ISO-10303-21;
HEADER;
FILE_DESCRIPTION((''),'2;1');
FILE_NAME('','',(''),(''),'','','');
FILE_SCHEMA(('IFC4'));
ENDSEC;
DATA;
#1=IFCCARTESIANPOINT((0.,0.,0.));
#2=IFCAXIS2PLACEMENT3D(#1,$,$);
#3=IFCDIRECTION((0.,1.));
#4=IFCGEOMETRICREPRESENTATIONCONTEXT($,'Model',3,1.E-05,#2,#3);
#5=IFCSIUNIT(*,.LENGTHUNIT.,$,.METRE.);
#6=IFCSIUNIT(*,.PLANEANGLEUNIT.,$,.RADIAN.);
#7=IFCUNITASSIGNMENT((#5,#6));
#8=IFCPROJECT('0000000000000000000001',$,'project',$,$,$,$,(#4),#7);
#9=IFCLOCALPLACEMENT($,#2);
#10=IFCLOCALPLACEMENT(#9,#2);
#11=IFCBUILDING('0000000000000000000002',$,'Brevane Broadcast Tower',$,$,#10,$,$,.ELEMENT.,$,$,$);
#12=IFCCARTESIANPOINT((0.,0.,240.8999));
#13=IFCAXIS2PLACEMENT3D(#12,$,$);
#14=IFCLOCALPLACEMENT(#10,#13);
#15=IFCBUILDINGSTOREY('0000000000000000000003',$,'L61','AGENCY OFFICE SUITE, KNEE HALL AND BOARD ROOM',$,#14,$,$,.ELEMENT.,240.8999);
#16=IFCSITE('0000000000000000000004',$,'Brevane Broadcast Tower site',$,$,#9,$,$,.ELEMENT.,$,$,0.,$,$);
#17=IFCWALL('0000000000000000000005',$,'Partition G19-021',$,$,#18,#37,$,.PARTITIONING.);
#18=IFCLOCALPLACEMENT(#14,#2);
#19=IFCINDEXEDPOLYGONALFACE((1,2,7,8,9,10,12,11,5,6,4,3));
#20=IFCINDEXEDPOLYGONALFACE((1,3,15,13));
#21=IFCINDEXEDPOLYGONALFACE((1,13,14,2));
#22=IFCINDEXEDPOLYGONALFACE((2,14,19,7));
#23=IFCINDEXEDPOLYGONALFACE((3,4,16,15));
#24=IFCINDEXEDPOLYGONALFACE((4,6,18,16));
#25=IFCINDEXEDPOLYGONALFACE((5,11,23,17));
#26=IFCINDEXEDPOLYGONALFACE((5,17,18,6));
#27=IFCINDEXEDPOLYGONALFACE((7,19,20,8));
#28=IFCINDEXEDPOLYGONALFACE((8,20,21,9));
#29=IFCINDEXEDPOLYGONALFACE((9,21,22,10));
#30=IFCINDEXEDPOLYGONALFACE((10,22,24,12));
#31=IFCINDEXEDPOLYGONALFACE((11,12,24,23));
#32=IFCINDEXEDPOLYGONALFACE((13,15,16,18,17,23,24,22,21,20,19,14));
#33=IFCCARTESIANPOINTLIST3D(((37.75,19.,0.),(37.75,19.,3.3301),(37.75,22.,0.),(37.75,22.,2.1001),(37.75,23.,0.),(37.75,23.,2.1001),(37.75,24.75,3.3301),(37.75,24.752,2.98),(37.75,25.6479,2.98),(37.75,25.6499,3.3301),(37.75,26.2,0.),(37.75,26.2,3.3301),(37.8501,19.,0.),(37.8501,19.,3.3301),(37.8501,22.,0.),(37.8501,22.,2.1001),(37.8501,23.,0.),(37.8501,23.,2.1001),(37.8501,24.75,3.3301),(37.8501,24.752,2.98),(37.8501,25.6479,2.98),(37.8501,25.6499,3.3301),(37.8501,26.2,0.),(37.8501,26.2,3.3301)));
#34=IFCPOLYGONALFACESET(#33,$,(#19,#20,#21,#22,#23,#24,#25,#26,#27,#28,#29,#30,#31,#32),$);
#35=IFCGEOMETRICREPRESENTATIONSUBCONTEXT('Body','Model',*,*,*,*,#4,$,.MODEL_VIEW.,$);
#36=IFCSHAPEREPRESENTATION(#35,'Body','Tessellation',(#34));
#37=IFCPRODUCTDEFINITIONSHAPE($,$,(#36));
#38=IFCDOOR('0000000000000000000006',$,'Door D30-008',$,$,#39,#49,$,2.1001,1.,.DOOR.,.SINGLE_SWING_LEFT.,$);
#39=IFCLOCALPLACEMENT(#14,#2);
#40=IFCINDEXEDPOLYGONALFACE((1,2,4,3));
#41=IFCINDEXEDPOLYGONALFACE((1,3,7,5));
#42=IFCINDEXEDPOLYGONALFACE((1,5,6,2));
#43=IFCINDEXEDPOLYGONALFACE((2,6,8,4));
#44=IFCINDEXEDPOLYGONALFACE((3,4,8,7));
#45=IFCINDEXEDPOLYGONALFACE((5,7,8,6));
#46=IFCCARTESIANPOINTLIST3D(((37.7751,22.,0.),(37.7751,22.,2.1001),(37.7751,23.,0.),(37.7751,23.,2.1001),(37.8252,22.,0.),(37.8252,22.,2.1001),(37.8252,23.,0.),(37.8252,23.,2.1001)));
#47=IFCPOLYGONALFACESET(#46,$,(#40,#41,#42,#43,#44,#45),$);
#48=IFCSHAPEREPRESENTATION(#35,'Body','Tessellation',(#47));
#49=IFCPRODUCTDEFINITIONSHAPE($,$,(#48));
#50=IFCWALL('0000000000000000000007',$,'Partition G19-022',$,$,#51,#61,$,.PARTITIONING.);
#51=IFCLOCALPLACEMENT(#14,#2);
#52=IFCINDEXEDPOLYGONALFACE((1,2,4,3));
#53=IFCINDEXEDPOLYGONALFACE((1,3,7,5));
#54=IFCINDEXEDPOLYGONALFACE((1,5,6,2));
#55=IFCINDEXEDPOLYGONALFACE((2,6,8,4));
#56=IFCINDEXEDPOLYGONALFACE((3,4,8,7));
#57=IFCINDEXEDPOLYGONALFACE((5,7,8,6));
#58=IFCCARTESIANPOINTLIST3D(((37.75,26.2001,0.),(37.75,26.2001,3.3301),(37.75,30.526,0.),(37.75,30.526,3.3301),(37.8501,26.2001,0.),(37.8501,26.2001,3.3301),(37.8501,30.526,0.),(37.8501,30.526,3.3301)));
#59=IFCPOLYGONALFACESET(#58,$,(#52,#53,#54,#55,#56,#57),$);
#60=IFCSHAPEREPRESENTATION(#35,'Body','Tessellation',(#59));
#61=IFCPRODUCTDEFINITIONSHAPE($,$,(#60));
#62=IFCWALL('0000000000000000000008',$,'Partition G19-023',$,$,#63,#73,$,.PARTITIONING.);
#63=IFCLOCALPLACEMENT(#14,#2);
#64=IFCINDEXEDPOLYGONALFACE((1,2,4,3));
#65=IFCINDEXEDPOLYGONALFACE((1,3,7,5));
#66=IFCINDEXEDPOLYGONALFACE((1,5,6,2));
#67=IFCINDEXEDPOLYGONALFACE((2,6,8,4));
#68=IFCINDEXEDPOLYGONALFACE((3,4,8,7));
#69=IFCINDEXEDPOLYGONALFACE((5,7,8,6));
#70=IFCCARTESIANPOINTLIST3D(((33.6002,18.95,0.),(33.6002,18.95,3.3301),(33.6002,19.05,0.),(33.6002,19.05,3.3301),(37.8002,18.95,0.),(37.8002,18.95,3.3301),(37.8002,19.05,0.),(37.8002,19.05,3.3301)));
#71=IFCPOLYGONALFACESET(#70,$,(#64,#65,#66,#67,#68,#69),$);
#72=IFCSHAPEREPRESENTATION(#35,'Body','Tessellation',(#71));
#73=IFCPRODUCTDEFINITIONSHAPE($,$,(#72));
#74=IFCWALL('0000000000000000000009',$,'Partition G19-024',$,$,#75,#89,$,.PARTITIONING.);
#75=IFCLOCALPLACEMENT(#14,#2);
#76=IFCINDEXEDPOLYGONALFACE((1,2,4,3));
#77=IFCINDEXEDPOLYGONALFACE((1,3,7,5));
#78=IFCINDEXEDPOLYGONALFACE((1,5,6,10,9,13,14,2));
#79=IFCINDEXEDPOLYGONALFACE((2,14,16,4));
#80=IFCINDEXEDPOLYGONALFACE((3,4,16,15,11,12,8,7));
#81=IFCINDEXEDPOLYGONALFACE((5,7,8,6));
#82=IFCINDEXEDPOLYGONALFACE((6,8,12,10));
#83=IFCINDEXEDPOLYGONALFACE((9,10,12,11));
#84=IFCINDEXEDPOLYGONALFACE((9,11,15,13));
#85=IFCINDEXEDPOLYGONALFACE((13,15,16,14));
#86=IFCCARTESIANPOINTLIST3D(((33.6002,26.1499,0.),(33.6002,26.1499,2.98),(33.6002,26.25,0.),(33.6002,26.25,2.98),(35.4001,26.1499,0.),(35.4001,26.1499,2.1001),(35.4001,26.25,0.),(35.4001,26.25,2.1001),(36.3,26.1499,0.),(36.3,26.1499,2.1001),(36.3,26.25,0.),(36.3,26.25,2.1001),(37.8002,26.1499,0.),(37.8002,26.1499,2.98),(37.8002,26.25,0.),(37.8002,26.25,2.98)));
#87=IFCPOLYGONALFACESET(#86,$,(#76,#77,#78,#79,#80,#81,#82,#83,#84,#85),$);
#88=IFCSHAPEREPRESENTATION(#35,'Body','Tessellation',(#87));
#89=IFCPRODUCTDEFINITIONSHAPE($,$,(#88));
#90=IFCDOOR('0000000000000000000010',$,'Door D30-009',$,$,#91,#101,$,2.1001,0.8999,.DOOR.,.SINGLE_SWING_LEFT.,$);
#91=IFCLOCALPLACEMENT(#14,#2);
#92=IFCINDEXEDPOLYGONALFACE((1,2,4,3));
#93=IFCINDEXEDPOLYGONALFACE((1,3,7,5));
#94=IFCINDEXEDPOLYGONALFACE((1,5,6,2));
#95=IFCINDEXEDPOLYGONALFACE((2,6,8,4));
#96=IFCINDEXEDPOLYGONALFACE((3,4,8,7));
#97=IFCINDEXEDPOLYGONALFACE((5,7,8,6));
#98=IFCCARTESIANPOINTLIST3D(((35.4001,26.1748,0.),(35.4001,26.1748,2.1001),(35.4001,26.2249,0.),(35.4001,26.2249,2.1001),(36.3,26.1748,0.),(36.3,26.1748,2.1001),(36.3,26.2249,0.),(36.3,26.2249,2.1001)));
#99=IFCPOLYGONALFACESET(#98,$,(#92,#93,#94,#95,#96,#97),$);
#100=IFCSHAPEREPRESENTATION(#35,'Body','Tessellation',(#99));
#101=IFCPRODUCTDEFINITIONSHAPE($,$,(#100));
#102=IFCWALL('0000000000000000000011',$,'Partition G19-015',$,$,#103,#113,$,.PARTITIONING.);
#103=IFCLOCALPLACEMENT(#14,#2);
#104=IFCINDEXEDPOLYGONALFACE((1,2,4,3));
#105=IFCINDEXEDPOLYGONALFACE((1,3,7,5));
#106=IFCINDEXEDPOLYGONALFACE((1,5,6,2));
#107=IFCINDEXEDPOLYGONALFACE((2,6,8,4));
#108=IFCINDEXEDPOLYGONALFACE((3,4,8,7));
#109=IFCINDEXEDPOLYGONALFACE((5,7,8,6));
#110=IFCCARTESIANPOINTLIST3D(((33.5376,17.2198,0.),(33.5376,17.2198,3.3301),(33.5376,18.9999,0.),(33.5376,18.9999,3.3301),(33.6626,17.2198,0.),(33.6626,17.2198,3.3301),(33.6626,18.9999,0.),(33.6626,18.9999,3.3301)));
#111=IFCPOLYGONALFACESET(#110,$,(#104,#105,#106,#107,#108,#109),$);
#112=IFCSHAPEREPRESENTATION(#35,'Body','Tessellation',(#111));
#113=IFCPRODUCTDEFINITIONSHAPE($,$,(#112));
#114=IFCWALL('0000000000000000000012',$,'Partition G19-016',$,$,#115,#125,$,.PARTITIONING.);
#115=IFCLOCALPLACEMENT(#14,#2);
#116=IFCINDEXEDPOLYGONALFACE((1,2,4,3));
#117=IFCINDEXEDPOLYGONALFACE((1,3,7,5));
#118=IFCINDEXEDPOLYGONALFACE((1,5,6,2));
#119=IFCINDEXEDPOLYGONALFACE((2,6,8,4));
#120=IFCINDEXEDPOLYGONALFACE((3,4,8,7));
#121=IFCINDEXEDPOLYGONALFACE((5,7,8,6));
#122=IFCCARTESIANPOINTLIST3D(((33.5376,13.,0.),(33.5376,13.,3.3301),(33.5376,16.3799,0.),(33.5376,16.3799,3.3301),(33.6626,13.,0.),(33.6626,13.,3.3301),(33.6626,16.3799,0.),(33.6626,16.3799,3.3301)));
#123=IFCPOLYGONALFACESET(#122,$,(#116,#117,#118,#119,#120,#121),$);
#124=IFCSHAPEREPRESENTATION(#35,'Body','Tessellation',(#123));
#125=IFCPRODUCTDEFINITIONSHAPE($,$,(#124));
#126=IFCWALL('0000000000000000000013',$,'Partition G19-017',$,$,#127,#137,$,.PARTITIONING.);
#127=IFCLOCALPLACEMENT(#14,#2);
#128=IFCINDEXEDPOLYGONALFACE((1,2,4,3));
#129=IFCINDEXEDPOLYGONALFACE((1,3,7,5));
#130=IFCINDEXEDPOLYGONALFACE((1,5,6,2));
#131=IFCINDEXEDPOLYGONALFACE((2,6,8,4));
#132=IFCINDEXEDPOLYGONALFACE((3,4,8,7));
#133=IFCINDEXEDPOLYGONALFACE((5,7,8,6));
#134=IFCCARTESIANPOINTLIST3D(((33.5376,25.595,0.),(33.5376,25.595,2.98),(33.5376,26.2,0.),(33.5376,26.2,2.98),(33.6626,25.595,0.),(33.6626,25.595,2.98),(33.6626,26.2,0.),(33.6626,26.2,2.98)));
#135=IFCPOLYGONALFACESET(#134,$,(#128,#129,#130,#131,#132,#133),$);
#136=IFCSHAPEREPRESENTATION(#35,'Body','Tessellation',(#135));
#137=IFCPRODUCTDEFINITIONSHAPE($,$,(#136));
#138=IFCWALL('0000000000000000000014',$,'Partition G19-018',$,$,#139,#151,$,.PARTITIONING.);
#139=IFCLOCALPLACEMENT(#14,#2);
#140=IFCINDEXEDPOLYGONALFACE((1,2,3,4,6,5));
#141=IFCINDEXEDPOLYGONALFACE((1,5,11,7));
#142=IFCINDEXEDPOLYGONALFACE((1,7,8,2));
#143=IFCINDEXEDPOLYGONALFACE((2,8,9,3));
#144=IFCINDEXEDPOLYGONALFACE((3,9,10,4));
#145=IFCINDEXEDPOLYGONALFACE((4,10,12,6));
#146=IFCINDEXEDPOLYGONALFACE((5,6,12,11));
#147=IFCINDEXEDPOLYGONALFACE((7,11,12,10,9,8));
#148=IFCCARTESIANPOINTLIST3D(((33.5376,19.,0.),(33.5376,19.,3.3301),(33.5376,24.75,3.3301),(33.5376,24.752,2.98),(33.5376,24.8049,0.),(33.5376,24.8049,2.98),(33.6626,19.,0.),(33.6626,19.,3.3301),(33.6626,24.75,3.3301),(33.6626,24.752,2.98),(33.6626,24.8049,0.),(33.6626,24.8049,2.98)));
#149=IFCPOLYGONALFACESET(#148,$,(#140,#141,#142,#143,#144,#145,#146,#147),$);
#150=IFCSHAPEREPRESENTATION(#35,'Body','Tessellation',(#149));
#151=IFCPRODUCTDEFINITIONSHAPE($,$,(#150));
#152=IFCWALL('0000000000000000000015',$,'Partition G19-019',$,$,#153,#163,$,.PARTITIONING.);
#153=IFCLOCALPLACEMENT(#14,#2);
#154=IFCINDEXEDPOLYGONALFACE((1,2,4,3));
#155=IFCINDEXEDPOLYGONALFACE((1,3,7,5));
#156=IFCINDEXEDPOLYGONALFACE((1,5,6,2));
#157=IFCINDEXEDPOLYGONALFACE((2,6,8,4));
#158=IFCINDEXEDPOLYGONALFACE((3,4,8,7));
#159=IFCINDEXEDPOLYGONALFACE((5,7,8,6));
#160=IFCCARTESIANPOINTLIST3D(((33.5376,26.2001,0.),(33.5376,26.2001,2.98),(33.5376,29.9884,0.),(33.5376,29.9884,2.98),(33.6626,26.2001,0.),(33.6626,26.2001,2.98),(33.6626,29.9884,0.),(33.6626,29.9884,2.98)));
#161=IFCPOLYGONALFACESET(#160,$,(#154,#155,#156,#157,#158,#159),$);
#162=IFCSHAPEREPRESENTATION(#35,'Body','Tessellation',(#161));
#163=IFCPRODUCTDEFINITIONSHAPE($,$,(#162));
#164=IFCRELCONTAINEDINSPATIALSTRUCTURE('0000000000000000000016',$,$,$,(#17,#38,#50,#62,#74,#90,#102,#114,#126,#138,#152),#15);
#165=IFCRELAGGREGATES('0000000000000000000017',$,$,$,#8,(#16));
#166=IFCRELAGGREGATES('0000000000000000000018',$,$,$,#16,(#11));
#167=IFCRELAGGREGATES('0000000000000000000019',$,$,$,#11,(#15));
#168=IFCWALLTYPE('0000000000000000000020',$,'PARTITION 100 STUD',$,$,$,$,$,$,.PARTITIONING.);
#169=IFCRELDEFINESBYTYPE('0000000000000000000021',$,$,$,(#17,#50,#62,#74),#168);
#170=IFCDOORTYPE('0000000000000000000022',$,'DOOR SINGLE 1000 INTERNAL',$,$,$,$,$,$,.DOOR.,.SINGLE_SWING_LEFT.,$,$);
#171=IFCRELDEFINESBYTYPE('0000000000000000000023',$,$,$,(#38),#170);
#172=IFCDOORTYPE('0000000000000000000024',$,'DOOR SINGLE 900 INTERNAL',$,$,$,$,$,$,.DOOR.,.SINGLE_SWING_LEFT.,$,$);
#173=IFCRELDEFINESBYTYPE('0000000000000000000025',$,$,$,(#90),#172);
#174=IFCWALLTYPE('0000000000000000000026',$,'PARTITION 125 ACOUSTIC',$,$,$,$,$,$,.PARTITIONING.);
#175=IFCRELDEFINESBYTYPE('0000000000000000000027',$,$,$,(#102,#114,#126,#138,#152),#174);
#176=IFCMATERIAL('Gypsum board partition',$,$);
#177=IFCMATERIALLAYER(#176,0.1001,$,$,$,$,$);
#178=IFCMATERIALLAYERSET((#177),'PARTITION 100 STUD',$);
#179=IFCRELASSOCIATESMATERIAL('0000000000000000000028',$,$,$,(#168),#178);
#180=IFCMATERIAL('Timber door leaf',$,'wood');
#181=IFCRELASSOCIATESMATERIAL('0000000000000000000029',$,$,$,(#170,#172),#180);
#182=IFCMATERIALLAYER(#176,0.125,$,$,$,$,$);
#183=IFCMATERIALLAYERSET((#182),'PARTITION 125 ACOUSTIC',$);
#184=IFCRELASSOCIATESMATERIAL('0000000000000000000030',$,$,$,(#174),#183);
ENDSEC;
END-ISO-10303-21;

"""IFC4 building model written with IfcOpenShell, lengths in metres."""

from ifc_helpers import new_model, si_unit, direction, frame, frame_2d, origin, place, context, subcontext, project, spatial, polyline, rectangle, outline, extrude, material, layer, layer_set, type_object, element, fill, save


model = new_model("IFC4")

# Units and contexts
model_context = context("Model", 3, precision=1e-05, world=origin(), true_north=direction((0.0, 1.0)))
body_context = subcontext(model_context, "Body", "Model", "MODEL_VIEW")
ifc_project = project(units=[si_unit("LENGTHUNIT", "METRE"), si_unit("PLANEANGLEUNIT", "RADIAN")], contexts=[model_context])

# Site, building, storey
site_placement = place(None, origin())
site = spatial("IfcSite", under=ifc_project, at=site_placement, Name="Brevane Broadcast Tower site", CompositionType="ELEMENT", RefElevation=0.0)
building_placement = place(site_placement, origin())
building = spatial("IfcBuilding", under=site, at=building_placement, Name="Brevane Broadcast Tower", CompositionType="ELEMENT")
storey_placement = place(building_placement, frame((0.0, 0.0, 240.8999)))
storey = spatial("IfcBuildingStorey", under=building, at=storey_placement, Name="L61", Description="AGENCY OFFICE SUITE, KNEE HALL AND BOARD ROOM", CompositionType="ELEMENT", Elevation=240.8999)

# Wall, opening, door
ifc_material_1 = material(Name="Gypsum board partition")
ifc_layer_1 = layer(ifc_material_1, 0.1001)
ifc_layer_set_1 = layer_set([ifc_layer_1], Name="PARTITION 100 STUD")
wall_type_1 = type_object("IfcWallType", Name="PARTITION 100 STUD", PredefinedType="PARTITIONING", material=ifc_layer_set_1)
wall_1_placement = place(storey_placement, frame((37.8, 19.0, 0.0), z_axis=(0.0, 0.0, 1.0), x_axis=(0.0, 1.0, 0.0)))
wall_1 = element("IfcWall", 1, at=wall_1_placement, inside=storey, type_object=wall_type_1, Name="Partition G19-021", PredefinedType="PARTITIONING", context=body_context, shape_type="SweptSolid", body=[
    extrude(outline(polyline([(0.0, 0.0), (7.2, 0.0), (7.2, 3.3301), (6.6499, 3.3301), (6.6479, 2.98), (5.752, 2.98), (5.75, 3.3301), (0.0, 3.3301), (0.0, 0.0)])), frame((0.0, 0.05, 0.0), z_axis=(0.0, -1.0, 0.0), x_axis=(1.0, 0.0, 0.0)), (0.0, 0.0, 1.0), 0.1001),
])
opening_1_placement = place(wall_1_placement, frame((3.0, 0.0, 0.0)))
opening_1 = element("IfcOpeningElement", 2, at=opening_1_placement, cuts=wall_1, PredefinedType="OPENING", context=body_context, shape_type="SweptSolid", body=[
    extrude(rectangle(XDim=1.0, YDim=2.1001, at=frame_2d((0.5, 1.05))), frame((0.0, 0.0601, 0.0), z_axis=(0.0, -1.0, 0.0), x_axis=(1.0, 0.0, 0.0)), (0.0, 0.0, 1.0), 0.1201),
])
ifc_material_2 = material(Name="Timber door leaf", Category="wood")
door_type_1 = type_object("IfcDoorType", Name="DOOR SINGLE 1000 INTERNAL", OperationType="SINGLE_SWING_LEFT", PredefinedType="DOOR", material=ifc_material_2)
door_1_placement = place(opening_1_placement, origin())
door_1 = element("IfcDoor", 3, at=door_1_placement, inside=storey, type_object=door_type_1, Name="Door D30-008", OperationType="SINGLE_SWING_LEFT", OverallHeight=2.1001, OverallWidth=1.0, PredefinedType="DOOR", context=body_context, shape_type="SweptSolid", body=[
    extrude(rectangle(XDim=1.0, YDim=2.1001, at=frame_2d((0.5, 1.05))), frame((0.0, 0.0249, 0.0), z_axis=(0.0, -1.0, 0.0), x_axis=(1.0, 0.0, 0.0)), (0.0, 0.0, 1.0), 0.05),
])
fill(opening_1, door_1)

# Walls
wall_2_placement = place(storey_placement, frame((37.8, 26.2, 0.0), z_axis=(0.0, 0.0, 1.0), x_axis=(0.0, 1.0, 0.0)))
element("IfcWall", 4, at=wall_2_placement, inside=storey, type_object=wall_type_1, Name="Partition G19-022", PredefinedType="PARTITIONING", context=body_context, shape_type="SweptSolid", body=[
    extrude(rectangle(XDim=4.3259, YDim=0.1001, at=frame_2d((2.1631, 0.0))), origin(), (0.0, 0.0, 1.0), 3.3301),
])
wall_3_placement = place(storey_placement, frame((33.6001, 19.0, 0.0), z_axis=(0.0, 0.0, 1.0), x_axis=(1.0, 0.0, 0.0)))
element("IfcWall", 5, at=wall_3_placement, inside=storey, type_object=wall_type_1, Name="Partition G19-023", PredefinedType="PARTITIONING", context=body_context, shape_type="SweptSolid", body=[
    extrude(rectangle(XDim=4.2, YDim=0.1001, at=frame_2d((2.1001, 0.0))), origin(), (0.0, 0.0, 1.0), 3.3301),
])

# Wall, opening, door
wall_4_placement = place(storey_placement, frame((33.6001, 26.2, 0.0), z_axis=(0.0, 0.0, 1.0), x_axis=(1.0, 0.0, 0.0)))
wall_4 = element("IfcWall", 6, at=wall_4_placement, inside=storey, type_object=wall_type_1, Name="Partition G19-024", PredefinedType="PARTITIONING", context=body_context, shape_type="SweptSolid", body=[
    extrude(rectangle(XDim=4.2, YDim=0.1001, at=frame_2d((2.1001, 0.0))), origin(), (0.0, 0.0, 1.0), 2.98),
])
opening_2_placement = place(wall_4_placement, frame((1.8, 0.0, 0.0)))
opening_2 = element("IfcOpeningElement", 7, at=opening_2_placement, cuts=wall_4, PredefinedType="OPENING", context=body_context, shape_type="SweptSolid", body=[
    extrude(rectangle(XDim=0.8999, YDim=2.1001, at=frame_2d((0.45, 1.05))), frame((0.0, 0.0601, 0.0), z_axis=(0.0, -1.0, 0.0), x_axis=(1.0, 0.0, 0.0)), (0.0, 0.0, 1.0), 0.1201),
])
door_type_2 = type_object("IfcDoorType", Name="DOOR SINGLE 900 INTERNAL", OperationType="SINGLE_SWING_LEFT", PredefinedType="DOOR", material=ifc_material_2)
door_2_placement = place(opening_2_placement, origin())
door_2 = element("IfcDoor", 8, at=door_2_placement, inside=storey, type_object=door_type_2, Name="Door D30-009", OperationType="SINGLE_SWING_LEFT", OverallHeight=2.1001, OverallWidth=0.8999, PredefinedType="DOOR", context=body_context, shape_type="SweptSolid", body=[
    extrude(rectangle(XDim=0.8999, YDim=2.1001, at=frame_2d((0.45, 1.05))), frame((0.0, 0.0249, 0.0), z_axis=(0.0, -1.0, 0.0), x_axis=(1.0, 0.0, 0.0)), (0.0, 0.0, 1.0), 0.05),
])
fill(opening_2, door_2)

# Walls
ifc_layer_2 = layer(ifc_material_1, 0.125)
ifc_layer_set_2 = layer_set([ifc_layer_2], Name="PARTITION 125 ACOUSTIC")
wall_type_2 = type_object("IfcWallType", Name="PARTITION 125 ACOUSTIC", PredefinedType="PARTITIONING", material=ifc_layer_set_2)
wall_5_placement = place(storey_placement, frame((33.6001, 19.0, 0.0), z_axis=(0.0, 0.0, 1.0), x_axis=(0.0, -1.0, 0.0)))
element("IfcWall", 9, at=wall_5_placement, inside=storey, type_object=wall_type_2, Name="Partition G19-015", PredefinedType="PARTITIONING", context=body_context, shape_type="SweptSolid", body=[
    extrude(rectangle(XDim=1.78, YDim=0.125, at=frame_2d((0.8901, 0.0))), origin(), (0.0, 0.0, 1.0), 3.3301),
])
wall_6_placement = place(storey_placement, frame((33.6001, 16.3799, 0.0), z_axis=(0.0, 0.0, 1.0), x_axis=(0.0, -1.0, 0.0)))
element("IfcWall", 10, at=wall_6_placement, inside=storey, type_object=wall_type_2, Name="Partition G19-016", PredefinedType="PARTITIONING", context=body_context, shape_type="SweptSolid", body=[
    extrude(rectangle(XDim=3.3799, YDim=0.125, at=frame_2d((1.6899, 0.0))), origin(), (0.0, 0.0, 1.0), 3.3301),
])
wall_7_placement = place(storey_placement, frame((33.6001, 26.2, 0.0), z_axis=(0.0, 0.0, 1.0), x_axis=(0.0, -1.0, 0.0)))
element("IfcWall", 11, at=wall_7_placement, inside=storey, type_object=wall_type_2, Name="Partition G19-017", PredefinedType="PARTITIONING", context=body_context, shape_type="SweptSolid", body=[
    extrude(rectangle(XDim=0.605, YDim=0.125, at=frame_2d((0.3025, 0.0))), origin(), (0.0, 0.0, 1.0), 2.98),
])
wall_8_placement = place(storey_placement, frame((33.6001, 24.8049, 0.0), z_axis=(0.0, 0.0, 1.0), x_axis=(0.0, -1.0, 0.0)))
element("IfcWall", 12, at=wall_8_placement, inside=storey, type_object=wall_type_2, Name="Partition G19-018", PredefinedType="PARTITIONING", context=body_context, shape_type="SweptSolid", body=[
    extrude(outline(polyline([(0.0, 0.0), (5.8049, 0.0), (5.8049, 3.3301), (0.0549, 3.3301), (0.053, 2.98), (0.0, 2.98), (0.0, 0.0)])), frame((0.0, 0.0625, 0.0), z_axis=(0.0, -1.0, 0.0), x_axis=(1.0, 0.0, 0.0)), (0.0, 0.0, 1.0), 0.125),
])
wall_9_placement = place(storey_placement, frame((33.6001, 29.9883, 0.0), z_axis=(0.0, 0.0, 1.0), x_axis=(0.0, -1.0, 0.0)))
element("IfcWall", 13, at=wall_9_placement, inside=storey, type_object=wall_type_2, Name="Partition G19-019", PredefinedType="PARTITIONING", context=body_context, shape_type="SweptSolid", body=[
    extrude(rectangle(XDim=3.7883, YDim=0.125, at=frame_2d((1.894, 0.0))), origin(), (0.0, 0.0, 1.0), 2.98),
])

save(model, "model.ifc")
